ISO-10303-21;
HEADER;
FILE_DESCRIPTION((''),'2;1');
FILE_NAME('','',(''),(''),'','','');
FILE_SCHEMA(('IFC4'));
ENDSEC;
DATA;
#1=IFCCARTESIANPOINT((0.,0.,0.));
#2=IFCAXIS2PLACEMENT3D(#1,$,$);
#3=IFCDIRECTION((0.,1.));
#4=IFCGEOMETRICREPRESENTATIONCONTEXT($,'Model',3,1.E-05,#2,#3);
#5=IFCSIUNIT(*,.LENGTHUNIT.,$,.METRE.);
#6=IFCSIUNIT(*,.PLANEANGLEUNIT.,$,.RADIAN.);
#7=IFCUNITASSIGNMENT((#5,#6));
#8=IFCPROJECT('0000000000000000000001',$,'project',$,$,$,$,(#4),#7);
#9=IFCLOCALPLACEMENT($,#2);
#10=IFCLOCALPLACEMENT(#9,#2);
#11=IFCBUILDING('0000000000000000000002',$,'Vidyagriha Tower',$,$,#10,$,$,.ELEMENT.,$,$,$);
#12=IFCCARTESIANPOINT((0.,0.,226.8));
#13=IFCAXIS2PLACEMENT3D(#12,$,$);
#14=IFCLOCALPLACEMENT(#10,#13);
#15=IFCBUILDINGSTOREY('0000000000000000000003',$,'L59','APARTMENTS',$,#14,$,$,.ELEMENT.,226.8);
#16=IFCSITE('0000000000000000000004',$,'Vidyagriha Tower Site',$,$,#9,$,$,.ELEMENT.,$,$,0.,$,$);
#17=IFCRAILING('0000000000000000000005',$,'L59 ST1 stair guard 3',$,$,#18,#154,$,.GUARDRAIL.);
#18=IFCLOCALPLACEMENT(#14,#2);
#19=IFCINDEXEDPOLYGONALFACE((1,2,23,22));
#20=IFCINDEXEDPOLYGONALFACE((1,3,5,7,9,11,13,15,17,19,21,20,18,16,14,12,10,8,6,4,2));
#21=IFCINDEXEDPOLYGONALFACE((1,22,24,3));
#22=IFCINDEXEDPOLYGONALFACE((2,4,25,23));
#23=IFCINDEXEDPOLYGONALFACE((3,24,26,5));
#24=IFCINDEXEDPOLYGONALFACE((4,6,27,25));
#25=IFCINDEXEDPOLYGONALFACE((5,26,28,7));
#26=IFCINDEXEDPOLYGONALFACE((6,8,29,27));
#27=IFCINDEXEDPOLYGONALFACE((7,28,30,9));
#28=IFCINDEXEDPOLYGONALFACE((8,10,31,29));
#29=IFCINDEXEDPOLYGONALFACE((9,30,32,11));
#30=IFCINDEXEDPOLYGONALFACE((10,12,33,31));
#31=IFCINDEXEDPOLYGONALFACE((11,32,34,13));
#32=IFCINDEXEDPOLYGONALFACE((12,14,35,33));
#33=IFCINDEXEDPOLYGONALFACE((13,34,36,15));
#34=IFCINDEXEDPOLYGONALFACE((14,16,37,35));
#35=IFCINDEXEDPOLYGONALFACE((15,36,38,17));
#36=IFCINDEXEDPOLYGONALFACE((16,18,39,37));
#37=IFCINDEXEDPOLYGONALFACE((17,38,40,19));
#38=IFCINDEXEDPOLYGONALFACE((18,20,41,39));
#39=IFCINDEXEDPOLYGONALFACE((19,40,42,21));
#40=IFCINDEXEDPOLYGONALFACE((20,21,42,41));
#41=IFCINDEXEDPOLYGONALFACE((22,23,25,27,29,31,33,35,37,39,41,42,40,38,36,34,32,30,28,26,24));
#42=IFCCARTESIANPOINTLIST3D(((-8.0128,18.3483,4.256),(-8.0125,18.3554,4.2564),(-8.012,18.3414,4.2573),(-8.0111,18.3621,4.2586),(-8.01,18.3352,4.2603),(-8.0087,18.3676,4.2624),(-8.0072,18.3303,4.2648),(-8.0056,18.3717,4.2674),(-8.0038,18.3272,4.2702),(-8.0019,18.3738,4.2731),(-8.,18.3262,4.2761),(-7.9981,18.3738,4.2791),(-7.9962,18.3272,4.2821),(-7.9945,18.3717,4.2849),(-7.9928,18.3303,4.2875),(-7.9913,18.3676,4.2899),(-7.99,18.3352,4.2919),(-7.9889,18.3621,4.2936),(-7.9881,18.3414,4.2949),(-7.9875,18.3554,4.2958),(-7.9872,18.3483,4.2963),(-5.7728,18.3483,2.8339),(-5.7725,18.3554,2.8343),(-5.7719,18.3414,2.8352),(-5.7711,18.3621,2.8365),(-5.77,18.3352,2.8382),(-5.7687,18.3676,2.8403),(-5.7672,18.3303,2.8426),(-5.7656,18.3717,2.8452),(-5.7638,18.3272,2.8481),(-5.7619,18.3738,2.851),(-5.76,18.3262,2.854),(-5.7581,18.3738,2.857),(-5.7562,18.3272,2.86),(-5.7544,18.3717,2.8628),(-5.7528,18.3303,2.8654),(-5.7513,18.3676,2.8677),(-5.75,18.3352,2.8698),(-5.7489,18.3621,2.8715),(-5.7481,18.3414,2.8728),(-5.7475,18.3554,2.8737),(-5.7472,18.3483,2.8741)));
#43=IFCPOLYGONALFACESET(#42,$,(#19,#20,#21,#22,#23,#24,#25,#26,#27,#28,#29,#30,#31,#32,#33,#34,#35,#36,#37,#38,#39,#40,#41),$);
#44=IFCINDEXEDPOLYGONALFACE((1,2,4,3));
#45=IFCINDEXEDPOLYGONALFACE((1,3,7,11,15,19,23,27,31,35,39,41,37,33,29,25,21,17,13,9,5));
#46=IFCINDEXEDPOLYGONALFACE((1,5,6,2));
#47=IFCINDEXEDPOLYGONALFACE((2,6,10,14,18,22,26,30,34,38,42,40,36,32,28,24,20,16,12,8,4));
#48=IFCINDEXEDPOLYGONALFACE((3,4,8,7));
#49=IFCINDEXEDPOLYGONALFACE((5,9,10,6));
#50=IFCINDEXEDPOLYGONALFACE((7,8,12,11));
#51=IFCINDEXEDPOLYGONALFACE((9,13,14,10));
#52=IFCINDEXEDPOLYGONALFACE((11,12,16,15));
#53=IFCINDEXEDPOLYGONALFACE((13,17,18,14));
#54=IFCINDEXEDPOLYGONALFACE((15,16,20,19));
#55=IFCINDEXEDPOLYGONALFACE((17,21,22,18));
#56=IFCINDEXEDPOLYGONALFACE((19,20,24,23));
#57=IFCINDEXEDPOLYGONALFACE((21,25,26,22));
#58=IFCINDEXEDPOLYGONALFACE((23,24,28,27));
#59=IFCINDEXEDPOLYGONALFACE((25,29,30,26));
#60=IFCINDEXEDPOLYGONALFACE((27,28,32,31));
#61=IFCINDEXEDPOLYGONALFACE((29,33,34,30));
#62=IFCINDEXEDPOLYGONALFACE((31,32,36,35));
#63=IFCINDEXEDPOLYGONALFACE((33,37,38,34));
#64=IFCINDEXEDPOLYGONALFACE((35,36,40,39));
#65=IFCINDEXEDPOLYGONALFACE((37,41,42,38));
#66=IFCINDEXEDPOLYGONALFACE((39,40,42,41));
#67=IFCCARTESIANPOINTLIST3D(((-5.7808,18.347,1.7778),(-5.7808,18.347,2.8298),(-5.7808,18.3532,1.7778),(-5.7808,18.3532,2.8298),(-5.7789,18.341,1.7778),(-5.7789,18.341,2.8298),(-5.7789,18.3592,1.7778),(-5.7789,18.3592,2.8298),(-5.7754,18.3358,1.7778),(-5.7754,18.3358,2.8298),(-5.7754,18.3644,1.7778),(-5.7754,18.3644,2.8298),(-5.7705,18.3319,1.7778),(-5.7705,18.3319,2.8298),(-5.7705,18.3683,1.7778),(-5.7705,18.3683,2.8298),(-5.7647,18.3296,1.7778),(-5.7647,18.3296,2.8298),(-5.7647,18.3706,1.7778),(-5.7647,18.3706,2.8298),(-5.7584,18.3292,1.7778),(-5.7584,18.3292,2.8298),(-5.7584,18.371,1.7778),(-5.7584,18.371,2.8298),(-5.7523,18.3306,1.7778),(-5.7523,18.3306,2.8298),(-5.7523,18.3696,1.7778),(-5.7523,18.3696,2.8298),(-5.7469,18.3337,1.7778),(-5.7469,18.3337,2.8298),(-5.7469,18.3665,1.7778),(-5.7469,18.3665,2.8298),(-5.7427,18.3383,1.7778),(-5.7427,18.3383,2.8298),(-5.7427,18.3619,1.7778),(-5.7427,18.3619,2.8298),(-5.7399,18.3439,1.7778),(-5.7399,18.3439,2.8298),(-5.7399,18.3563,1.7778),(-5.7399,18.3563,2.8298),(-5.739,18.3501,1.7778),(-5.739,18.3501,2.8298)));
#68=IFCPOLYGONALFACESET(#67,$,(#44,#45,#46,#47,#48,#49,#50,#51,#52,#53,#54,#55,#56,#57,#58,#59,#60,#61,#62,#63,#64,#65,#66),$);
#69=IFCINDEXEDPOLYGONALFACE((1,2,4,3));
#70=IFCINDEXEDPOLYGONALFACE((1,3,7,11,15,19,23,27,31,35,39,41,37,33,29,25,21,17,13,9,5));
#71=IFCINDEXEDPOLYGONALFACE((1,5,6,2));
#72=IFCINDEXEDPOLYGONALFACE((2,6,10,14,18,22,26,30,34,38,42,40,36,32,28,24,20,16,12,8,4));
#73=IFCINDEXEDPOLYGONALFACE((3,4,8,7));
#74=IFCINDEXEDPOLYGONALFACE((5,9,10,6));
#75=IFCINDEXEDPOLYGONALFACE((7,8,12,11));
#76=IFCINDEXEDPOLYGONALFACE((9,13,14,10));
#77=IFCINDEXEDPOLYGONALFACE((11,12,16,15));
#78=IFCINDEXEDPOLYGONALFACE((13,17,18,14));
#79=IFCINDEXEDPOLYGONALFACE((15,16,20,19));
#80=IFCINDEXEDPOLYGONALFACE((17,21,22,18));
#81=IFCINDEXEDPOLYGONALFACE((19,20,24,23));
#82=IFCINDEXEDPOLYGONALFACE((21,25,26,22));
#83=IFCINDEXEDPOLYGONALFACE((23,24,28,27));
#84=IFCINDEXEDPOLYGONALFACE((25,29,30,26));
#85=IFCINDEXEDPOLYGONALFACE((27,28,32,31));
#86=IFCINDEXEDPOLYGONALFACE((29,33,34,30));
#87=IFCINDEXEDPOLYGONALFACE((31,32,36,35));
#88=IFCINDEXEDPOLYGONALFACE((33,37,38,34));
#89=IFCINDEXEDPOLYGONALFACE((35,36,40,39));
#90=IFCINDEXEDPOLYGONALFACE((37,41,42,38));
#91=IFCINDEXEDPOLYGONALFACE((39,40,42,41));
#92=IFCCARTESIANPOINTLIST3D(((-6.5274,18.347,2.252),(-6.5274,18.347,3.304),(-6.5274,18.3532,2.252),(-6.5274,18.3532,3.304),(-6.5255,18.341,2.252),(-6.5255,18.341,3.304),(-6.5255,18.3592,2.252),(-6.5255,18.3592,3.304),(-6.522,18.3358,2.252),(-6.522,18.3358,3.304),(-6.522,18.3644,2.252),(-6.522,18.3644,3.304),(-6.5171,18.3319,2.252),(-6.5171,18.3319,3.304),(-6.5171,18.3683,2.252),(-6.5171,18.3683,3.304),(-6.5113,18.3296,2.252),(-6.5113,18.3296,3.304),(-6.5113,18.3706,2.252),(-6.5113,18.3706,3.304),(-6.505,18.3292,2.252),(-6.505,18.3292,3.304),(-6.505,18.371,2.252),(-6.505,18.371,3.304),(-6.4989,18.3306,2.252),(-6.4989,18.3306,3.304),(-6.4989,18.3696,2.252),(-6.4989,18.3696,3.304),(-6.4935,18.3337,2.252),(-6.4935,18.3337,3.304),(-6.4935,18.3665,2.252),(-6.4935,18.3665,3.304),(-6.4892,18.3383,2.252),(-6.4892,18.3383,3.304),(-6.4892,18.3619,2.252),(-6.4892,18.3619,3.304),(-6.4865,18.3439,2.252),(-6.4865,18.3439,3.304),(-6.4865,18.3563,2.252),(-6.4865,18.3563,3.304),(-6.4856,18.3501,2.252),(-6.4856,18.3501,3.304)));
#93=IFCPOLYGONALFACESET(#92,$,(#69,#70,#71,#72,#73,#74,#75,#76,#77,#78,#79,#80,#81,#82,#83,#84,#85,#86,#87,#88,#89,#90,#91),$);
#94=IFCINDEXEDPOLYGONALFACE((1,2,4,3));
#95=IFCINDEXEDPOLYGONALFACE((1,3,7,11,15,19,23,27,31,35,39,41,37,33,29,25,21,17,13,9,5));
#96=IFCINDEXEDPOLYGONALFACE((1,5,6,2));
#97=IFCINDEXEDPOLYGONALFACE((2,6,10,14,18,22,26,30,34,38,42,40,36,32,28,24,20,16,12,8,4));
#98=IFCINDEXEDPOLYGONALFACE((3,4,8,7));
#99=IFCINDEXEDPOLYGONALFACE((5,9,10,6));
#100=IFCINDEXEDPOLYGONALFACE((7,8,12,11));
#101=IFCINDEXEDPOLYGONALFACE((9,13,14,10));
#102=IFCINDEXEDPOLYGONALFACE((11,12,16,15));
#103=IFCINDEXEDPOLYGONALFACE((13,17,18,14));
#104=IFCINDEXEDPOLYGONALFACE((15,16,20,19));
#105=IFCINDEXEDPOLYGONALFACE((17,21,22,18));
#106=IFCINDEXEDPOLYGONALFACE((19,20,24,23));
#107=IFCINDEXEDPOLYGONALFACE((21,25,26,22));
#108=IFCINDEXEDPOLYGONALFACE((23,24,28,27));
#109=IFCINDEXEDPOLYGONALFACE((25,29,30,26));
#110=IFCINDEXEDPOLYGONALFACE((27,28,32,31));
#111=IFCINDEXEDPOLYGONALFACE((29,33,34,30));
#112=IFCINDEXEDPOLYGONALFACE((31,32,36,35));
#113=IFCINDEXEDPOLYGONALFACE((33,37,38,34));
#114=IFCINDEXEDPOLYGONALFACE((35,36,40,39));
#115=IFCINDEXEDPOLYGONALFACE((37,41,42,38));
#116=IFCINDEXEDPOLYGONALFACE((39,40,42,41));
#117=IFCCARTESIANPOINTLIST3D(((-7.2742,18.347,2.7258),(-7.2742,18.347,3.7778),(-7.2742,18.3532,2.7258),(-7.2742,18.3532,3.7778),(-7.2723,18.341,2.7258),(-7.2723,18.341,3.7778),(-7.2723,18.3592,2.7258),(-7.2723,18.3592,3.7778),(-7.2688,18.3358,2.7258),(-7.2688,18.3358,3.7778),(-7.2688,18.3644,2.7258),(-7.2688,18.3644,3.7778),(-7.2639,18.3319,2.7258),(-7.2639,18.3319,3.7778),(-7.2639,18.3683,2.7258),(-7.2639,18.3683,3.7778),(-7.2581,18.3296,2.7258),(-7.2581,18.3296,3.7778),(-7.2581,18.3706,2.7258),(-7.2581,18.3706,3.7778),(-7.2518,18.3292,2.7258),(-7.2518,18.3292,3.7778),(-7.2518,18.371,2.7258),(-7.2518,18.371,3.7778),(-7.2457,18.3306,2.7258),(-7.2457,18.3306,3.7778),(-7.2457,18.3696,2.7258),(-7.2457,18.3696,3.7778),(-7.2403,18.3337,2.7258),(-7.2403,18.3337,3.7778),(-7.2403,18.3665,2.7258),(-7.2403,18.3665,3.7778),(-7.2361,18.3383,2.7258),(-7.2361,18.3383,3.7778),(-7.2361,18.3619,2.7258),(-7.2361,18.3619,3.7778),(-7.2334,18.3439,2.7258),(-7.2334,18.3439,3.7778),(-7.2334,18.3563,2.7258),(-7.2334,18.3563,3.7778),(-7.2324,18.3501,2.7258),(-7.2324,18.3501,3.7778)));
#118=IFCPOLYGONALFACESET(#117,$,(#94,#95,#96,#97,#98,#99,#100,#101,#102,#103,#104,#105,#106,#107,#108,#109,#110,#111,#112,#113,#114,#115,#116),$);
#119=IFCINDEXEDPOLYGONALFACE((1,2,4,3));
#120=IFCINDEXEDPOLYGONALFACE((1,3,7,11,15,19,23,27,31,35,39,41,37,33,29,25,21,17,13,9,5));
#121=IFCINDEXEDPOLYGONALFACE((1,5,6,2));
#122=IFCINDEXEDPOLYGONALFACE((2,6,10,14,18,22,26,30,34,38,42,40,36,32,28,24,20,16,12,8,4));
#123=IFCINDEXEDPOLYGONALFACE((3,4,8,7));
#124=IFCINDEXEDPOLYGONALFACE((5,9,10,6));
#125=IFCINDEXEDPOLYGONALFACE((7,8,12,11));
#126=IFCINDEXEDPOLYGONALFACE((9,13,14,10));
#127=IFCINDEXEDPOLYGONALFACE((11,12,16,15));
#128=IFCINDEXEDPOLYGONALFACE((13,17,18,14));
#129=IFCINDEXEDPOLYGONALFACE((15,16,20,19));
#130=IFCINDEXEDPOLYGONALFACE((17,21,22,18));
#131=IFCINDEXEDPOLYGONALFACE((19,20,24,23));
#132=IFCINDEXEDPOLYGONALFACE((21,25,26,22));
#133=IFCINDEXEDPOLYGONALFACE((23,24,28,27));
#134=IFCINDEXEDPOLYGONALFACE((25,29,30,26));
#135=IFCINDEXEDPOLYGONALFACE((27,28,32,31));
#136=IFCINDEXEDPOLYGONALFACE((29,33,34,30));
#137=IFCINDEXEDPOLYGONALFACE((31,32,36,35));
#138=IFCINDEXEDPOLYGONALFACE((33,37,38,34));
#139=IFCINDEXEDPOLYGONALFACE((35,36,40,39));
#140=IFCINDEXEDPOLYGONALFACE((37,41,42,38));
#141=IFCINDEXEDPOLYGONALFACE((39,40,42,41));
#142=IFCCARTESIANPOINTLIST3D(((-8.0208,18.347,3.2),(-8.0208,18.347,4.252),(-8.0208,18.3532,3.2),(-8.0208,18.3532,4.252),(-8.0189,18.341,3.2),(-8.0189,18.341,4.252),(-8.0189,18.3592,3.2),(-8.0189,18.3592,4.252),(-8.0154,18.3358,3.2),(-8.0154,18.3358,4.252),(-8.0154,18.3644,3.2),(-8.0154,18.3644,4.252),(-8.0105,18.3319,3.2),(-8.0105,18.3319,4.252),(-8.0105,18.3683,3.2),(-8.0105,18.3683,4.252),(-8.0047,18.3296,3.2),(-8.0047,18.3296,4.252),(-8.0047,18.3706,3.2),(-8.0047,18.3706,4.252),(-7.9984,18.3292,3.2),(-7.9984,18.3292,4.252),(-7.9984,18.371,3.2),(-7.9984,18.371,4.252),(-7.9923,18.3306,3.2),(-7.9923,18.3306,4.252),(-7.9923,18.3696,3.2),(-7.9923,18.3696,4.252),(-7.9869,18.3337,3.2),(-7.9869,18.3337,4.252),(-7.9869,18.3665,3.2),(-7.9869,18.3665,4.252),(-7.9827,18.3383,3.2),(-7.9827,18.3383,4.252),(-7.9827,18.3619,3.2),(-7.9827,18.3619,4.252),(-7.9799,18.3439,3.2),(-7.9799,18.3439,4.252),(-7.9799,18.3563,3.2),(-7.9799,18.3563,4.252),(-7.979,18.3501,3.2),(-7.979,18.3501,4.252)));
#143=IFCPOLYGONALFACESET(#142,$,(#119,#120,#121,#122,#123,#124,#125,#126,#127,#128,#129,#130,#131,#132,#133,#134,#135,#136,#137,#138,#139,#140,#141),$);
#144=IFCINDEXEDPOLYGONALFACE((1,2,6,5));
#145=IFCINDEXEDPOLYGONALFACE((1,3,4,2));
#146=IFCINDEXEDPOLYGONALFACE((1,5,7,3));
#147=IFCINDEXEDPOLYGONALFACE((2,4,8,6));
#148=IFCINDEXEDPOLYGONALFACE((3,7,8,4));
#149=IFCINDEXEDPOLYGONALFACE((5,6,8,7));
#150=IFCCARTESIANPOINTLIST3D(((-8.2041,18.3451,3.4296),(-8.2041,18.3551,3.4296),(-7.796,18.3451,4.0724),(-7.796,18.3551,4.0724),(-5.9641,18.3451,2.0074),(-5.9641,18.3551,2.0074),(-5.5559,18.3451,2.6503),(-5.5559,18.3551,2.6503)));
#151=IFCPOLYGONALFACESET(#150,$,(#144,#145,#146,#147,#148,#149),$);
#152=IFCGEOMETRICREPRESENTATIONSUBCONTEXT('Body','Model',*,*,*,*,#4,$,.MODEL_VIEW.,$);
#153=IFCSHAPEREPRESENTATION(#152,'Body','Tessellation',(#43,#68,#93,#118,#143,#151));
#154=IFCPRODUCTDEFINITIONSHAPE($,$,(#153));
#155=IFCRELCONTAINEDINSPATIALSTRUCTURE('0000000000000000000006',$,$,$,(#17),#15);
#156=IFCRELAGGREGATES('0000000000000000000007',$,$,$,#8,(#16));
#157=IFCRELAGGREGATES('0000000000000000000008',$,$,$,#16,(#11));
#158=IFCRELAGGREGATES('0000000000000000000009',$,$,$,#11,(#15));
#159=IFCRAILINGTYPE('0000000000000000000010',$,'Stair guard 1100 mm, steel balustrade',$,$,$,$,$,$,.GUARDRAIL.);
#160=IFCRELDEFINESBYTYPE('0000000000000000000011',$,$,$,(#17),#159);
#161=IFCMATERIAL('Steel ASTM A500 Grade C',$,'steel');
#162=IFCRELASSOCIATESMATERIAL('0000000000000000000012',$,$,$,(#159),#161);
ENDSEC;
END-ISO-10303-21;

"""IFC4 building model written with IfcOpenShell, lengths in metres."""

from ifc_helpers import new_model, si_unit, direction, frame, origin, origin_2d, place, context, subcontext, project, spatial, rectangle, circle, extrude, material, type_object, element, save


model = new_model("IFC4")

# Units and contexts
model_context = context("Model", 3, precision=1e-05, world=origin(), true_north=direction((0.0, 1.0)))
body_context = subcontext(model_context, "Body", "Model", "MODEL_VIEW")
ifc_project = project(units=[si_unit("LENGTHUNIT", "METRE"), si_unit("PLANEANGLEUNIT", "RADIAN")], contexts=[model_context])

# Site, building, storey
site_placement = place(None, origin())
site = spatial("IfcSite", under=ifc_project, at=site_placement, Name="Vidyagriha Tower Site", CompositionType="ELEMENT", RefElevation=0.0)
building_placement = place(site_placement, origin())
building = spatial("IfcBuilding", under=site, at=building_placement, Name="Vidyagriha Tower", CompositionType="ELEMENT")
storey_placement = place(building_placement, frame((0.0, 0.0, 226.8)))
storey = spatial("IfcBuildingStorey", under=building, at=storey_placement, Name="L59", Description="APARTMENTS", CompositionType="ELEMENT", Elevation=226.8)

# Railing
ifc_material_1 = material(Name="Steel ASTM A500 Grade C", Category="steel")
railing_type_1 = type_object("IfcRailingType", Name="Stair guard 1100 mm, steel balustrade", PredefinedType="GUARDRAIL", material=ifc_material_1)
railing_1_placement = place(storey_placement, frame((-5.76, 18.3501, 1.7778)))
element("IfcRailing", 1, at=railing_1_placement, inside=storey, type_object=railing_type_1, Name="L59 ST1 stair guard 3", PredefinedType="GUARDRAIL", context=body_context, shape_type="SweptSolid", body=[
    extrude(circle(Radius=0.0239, at=origin_2d()), frame((0.0, 0.0, 1.0762), z_axis=(-0.844229, 0.0, 0.535982), x_axis=(0.0, -1.0, 0.0)), (0.0, 0.0, 1.0), 2.6533),
    extrude(circle(Radius=0.021, at=origin_2d()), origin(), (0.0, 0.0, 1.0), 1.052),
    extrude(circle(Radius=0.021, at=origin_2d()), frame((-0.7466, 0.0, 0.4741)), (0.0, 0.0, 1.0), 1.052),
    extrude(circle(Radius=0.021, at=origin_2d()), frame((-1.4934, 0.0, 0.948)), (0.0, 0.0, 1.0), 1.052),
    extrude(circle(Radius=0.021, at=origin_2d()), frame((-2.24, 0.0, 1.4221)), (0.0, 0.0, 1.0), 1.052),
    extrude(rectangle(XDim=0.01, YDim=0.7615, at=origin_2d()), frame((0.0, 0.0, 0.551), z_axis=(-0.844229, 0.0, 0.535982), x_axis=(0.0, -1.0, 0.0)), (0.0, 0.0, 1.0), 2.6533),
])

save(model, "model.ifc")
